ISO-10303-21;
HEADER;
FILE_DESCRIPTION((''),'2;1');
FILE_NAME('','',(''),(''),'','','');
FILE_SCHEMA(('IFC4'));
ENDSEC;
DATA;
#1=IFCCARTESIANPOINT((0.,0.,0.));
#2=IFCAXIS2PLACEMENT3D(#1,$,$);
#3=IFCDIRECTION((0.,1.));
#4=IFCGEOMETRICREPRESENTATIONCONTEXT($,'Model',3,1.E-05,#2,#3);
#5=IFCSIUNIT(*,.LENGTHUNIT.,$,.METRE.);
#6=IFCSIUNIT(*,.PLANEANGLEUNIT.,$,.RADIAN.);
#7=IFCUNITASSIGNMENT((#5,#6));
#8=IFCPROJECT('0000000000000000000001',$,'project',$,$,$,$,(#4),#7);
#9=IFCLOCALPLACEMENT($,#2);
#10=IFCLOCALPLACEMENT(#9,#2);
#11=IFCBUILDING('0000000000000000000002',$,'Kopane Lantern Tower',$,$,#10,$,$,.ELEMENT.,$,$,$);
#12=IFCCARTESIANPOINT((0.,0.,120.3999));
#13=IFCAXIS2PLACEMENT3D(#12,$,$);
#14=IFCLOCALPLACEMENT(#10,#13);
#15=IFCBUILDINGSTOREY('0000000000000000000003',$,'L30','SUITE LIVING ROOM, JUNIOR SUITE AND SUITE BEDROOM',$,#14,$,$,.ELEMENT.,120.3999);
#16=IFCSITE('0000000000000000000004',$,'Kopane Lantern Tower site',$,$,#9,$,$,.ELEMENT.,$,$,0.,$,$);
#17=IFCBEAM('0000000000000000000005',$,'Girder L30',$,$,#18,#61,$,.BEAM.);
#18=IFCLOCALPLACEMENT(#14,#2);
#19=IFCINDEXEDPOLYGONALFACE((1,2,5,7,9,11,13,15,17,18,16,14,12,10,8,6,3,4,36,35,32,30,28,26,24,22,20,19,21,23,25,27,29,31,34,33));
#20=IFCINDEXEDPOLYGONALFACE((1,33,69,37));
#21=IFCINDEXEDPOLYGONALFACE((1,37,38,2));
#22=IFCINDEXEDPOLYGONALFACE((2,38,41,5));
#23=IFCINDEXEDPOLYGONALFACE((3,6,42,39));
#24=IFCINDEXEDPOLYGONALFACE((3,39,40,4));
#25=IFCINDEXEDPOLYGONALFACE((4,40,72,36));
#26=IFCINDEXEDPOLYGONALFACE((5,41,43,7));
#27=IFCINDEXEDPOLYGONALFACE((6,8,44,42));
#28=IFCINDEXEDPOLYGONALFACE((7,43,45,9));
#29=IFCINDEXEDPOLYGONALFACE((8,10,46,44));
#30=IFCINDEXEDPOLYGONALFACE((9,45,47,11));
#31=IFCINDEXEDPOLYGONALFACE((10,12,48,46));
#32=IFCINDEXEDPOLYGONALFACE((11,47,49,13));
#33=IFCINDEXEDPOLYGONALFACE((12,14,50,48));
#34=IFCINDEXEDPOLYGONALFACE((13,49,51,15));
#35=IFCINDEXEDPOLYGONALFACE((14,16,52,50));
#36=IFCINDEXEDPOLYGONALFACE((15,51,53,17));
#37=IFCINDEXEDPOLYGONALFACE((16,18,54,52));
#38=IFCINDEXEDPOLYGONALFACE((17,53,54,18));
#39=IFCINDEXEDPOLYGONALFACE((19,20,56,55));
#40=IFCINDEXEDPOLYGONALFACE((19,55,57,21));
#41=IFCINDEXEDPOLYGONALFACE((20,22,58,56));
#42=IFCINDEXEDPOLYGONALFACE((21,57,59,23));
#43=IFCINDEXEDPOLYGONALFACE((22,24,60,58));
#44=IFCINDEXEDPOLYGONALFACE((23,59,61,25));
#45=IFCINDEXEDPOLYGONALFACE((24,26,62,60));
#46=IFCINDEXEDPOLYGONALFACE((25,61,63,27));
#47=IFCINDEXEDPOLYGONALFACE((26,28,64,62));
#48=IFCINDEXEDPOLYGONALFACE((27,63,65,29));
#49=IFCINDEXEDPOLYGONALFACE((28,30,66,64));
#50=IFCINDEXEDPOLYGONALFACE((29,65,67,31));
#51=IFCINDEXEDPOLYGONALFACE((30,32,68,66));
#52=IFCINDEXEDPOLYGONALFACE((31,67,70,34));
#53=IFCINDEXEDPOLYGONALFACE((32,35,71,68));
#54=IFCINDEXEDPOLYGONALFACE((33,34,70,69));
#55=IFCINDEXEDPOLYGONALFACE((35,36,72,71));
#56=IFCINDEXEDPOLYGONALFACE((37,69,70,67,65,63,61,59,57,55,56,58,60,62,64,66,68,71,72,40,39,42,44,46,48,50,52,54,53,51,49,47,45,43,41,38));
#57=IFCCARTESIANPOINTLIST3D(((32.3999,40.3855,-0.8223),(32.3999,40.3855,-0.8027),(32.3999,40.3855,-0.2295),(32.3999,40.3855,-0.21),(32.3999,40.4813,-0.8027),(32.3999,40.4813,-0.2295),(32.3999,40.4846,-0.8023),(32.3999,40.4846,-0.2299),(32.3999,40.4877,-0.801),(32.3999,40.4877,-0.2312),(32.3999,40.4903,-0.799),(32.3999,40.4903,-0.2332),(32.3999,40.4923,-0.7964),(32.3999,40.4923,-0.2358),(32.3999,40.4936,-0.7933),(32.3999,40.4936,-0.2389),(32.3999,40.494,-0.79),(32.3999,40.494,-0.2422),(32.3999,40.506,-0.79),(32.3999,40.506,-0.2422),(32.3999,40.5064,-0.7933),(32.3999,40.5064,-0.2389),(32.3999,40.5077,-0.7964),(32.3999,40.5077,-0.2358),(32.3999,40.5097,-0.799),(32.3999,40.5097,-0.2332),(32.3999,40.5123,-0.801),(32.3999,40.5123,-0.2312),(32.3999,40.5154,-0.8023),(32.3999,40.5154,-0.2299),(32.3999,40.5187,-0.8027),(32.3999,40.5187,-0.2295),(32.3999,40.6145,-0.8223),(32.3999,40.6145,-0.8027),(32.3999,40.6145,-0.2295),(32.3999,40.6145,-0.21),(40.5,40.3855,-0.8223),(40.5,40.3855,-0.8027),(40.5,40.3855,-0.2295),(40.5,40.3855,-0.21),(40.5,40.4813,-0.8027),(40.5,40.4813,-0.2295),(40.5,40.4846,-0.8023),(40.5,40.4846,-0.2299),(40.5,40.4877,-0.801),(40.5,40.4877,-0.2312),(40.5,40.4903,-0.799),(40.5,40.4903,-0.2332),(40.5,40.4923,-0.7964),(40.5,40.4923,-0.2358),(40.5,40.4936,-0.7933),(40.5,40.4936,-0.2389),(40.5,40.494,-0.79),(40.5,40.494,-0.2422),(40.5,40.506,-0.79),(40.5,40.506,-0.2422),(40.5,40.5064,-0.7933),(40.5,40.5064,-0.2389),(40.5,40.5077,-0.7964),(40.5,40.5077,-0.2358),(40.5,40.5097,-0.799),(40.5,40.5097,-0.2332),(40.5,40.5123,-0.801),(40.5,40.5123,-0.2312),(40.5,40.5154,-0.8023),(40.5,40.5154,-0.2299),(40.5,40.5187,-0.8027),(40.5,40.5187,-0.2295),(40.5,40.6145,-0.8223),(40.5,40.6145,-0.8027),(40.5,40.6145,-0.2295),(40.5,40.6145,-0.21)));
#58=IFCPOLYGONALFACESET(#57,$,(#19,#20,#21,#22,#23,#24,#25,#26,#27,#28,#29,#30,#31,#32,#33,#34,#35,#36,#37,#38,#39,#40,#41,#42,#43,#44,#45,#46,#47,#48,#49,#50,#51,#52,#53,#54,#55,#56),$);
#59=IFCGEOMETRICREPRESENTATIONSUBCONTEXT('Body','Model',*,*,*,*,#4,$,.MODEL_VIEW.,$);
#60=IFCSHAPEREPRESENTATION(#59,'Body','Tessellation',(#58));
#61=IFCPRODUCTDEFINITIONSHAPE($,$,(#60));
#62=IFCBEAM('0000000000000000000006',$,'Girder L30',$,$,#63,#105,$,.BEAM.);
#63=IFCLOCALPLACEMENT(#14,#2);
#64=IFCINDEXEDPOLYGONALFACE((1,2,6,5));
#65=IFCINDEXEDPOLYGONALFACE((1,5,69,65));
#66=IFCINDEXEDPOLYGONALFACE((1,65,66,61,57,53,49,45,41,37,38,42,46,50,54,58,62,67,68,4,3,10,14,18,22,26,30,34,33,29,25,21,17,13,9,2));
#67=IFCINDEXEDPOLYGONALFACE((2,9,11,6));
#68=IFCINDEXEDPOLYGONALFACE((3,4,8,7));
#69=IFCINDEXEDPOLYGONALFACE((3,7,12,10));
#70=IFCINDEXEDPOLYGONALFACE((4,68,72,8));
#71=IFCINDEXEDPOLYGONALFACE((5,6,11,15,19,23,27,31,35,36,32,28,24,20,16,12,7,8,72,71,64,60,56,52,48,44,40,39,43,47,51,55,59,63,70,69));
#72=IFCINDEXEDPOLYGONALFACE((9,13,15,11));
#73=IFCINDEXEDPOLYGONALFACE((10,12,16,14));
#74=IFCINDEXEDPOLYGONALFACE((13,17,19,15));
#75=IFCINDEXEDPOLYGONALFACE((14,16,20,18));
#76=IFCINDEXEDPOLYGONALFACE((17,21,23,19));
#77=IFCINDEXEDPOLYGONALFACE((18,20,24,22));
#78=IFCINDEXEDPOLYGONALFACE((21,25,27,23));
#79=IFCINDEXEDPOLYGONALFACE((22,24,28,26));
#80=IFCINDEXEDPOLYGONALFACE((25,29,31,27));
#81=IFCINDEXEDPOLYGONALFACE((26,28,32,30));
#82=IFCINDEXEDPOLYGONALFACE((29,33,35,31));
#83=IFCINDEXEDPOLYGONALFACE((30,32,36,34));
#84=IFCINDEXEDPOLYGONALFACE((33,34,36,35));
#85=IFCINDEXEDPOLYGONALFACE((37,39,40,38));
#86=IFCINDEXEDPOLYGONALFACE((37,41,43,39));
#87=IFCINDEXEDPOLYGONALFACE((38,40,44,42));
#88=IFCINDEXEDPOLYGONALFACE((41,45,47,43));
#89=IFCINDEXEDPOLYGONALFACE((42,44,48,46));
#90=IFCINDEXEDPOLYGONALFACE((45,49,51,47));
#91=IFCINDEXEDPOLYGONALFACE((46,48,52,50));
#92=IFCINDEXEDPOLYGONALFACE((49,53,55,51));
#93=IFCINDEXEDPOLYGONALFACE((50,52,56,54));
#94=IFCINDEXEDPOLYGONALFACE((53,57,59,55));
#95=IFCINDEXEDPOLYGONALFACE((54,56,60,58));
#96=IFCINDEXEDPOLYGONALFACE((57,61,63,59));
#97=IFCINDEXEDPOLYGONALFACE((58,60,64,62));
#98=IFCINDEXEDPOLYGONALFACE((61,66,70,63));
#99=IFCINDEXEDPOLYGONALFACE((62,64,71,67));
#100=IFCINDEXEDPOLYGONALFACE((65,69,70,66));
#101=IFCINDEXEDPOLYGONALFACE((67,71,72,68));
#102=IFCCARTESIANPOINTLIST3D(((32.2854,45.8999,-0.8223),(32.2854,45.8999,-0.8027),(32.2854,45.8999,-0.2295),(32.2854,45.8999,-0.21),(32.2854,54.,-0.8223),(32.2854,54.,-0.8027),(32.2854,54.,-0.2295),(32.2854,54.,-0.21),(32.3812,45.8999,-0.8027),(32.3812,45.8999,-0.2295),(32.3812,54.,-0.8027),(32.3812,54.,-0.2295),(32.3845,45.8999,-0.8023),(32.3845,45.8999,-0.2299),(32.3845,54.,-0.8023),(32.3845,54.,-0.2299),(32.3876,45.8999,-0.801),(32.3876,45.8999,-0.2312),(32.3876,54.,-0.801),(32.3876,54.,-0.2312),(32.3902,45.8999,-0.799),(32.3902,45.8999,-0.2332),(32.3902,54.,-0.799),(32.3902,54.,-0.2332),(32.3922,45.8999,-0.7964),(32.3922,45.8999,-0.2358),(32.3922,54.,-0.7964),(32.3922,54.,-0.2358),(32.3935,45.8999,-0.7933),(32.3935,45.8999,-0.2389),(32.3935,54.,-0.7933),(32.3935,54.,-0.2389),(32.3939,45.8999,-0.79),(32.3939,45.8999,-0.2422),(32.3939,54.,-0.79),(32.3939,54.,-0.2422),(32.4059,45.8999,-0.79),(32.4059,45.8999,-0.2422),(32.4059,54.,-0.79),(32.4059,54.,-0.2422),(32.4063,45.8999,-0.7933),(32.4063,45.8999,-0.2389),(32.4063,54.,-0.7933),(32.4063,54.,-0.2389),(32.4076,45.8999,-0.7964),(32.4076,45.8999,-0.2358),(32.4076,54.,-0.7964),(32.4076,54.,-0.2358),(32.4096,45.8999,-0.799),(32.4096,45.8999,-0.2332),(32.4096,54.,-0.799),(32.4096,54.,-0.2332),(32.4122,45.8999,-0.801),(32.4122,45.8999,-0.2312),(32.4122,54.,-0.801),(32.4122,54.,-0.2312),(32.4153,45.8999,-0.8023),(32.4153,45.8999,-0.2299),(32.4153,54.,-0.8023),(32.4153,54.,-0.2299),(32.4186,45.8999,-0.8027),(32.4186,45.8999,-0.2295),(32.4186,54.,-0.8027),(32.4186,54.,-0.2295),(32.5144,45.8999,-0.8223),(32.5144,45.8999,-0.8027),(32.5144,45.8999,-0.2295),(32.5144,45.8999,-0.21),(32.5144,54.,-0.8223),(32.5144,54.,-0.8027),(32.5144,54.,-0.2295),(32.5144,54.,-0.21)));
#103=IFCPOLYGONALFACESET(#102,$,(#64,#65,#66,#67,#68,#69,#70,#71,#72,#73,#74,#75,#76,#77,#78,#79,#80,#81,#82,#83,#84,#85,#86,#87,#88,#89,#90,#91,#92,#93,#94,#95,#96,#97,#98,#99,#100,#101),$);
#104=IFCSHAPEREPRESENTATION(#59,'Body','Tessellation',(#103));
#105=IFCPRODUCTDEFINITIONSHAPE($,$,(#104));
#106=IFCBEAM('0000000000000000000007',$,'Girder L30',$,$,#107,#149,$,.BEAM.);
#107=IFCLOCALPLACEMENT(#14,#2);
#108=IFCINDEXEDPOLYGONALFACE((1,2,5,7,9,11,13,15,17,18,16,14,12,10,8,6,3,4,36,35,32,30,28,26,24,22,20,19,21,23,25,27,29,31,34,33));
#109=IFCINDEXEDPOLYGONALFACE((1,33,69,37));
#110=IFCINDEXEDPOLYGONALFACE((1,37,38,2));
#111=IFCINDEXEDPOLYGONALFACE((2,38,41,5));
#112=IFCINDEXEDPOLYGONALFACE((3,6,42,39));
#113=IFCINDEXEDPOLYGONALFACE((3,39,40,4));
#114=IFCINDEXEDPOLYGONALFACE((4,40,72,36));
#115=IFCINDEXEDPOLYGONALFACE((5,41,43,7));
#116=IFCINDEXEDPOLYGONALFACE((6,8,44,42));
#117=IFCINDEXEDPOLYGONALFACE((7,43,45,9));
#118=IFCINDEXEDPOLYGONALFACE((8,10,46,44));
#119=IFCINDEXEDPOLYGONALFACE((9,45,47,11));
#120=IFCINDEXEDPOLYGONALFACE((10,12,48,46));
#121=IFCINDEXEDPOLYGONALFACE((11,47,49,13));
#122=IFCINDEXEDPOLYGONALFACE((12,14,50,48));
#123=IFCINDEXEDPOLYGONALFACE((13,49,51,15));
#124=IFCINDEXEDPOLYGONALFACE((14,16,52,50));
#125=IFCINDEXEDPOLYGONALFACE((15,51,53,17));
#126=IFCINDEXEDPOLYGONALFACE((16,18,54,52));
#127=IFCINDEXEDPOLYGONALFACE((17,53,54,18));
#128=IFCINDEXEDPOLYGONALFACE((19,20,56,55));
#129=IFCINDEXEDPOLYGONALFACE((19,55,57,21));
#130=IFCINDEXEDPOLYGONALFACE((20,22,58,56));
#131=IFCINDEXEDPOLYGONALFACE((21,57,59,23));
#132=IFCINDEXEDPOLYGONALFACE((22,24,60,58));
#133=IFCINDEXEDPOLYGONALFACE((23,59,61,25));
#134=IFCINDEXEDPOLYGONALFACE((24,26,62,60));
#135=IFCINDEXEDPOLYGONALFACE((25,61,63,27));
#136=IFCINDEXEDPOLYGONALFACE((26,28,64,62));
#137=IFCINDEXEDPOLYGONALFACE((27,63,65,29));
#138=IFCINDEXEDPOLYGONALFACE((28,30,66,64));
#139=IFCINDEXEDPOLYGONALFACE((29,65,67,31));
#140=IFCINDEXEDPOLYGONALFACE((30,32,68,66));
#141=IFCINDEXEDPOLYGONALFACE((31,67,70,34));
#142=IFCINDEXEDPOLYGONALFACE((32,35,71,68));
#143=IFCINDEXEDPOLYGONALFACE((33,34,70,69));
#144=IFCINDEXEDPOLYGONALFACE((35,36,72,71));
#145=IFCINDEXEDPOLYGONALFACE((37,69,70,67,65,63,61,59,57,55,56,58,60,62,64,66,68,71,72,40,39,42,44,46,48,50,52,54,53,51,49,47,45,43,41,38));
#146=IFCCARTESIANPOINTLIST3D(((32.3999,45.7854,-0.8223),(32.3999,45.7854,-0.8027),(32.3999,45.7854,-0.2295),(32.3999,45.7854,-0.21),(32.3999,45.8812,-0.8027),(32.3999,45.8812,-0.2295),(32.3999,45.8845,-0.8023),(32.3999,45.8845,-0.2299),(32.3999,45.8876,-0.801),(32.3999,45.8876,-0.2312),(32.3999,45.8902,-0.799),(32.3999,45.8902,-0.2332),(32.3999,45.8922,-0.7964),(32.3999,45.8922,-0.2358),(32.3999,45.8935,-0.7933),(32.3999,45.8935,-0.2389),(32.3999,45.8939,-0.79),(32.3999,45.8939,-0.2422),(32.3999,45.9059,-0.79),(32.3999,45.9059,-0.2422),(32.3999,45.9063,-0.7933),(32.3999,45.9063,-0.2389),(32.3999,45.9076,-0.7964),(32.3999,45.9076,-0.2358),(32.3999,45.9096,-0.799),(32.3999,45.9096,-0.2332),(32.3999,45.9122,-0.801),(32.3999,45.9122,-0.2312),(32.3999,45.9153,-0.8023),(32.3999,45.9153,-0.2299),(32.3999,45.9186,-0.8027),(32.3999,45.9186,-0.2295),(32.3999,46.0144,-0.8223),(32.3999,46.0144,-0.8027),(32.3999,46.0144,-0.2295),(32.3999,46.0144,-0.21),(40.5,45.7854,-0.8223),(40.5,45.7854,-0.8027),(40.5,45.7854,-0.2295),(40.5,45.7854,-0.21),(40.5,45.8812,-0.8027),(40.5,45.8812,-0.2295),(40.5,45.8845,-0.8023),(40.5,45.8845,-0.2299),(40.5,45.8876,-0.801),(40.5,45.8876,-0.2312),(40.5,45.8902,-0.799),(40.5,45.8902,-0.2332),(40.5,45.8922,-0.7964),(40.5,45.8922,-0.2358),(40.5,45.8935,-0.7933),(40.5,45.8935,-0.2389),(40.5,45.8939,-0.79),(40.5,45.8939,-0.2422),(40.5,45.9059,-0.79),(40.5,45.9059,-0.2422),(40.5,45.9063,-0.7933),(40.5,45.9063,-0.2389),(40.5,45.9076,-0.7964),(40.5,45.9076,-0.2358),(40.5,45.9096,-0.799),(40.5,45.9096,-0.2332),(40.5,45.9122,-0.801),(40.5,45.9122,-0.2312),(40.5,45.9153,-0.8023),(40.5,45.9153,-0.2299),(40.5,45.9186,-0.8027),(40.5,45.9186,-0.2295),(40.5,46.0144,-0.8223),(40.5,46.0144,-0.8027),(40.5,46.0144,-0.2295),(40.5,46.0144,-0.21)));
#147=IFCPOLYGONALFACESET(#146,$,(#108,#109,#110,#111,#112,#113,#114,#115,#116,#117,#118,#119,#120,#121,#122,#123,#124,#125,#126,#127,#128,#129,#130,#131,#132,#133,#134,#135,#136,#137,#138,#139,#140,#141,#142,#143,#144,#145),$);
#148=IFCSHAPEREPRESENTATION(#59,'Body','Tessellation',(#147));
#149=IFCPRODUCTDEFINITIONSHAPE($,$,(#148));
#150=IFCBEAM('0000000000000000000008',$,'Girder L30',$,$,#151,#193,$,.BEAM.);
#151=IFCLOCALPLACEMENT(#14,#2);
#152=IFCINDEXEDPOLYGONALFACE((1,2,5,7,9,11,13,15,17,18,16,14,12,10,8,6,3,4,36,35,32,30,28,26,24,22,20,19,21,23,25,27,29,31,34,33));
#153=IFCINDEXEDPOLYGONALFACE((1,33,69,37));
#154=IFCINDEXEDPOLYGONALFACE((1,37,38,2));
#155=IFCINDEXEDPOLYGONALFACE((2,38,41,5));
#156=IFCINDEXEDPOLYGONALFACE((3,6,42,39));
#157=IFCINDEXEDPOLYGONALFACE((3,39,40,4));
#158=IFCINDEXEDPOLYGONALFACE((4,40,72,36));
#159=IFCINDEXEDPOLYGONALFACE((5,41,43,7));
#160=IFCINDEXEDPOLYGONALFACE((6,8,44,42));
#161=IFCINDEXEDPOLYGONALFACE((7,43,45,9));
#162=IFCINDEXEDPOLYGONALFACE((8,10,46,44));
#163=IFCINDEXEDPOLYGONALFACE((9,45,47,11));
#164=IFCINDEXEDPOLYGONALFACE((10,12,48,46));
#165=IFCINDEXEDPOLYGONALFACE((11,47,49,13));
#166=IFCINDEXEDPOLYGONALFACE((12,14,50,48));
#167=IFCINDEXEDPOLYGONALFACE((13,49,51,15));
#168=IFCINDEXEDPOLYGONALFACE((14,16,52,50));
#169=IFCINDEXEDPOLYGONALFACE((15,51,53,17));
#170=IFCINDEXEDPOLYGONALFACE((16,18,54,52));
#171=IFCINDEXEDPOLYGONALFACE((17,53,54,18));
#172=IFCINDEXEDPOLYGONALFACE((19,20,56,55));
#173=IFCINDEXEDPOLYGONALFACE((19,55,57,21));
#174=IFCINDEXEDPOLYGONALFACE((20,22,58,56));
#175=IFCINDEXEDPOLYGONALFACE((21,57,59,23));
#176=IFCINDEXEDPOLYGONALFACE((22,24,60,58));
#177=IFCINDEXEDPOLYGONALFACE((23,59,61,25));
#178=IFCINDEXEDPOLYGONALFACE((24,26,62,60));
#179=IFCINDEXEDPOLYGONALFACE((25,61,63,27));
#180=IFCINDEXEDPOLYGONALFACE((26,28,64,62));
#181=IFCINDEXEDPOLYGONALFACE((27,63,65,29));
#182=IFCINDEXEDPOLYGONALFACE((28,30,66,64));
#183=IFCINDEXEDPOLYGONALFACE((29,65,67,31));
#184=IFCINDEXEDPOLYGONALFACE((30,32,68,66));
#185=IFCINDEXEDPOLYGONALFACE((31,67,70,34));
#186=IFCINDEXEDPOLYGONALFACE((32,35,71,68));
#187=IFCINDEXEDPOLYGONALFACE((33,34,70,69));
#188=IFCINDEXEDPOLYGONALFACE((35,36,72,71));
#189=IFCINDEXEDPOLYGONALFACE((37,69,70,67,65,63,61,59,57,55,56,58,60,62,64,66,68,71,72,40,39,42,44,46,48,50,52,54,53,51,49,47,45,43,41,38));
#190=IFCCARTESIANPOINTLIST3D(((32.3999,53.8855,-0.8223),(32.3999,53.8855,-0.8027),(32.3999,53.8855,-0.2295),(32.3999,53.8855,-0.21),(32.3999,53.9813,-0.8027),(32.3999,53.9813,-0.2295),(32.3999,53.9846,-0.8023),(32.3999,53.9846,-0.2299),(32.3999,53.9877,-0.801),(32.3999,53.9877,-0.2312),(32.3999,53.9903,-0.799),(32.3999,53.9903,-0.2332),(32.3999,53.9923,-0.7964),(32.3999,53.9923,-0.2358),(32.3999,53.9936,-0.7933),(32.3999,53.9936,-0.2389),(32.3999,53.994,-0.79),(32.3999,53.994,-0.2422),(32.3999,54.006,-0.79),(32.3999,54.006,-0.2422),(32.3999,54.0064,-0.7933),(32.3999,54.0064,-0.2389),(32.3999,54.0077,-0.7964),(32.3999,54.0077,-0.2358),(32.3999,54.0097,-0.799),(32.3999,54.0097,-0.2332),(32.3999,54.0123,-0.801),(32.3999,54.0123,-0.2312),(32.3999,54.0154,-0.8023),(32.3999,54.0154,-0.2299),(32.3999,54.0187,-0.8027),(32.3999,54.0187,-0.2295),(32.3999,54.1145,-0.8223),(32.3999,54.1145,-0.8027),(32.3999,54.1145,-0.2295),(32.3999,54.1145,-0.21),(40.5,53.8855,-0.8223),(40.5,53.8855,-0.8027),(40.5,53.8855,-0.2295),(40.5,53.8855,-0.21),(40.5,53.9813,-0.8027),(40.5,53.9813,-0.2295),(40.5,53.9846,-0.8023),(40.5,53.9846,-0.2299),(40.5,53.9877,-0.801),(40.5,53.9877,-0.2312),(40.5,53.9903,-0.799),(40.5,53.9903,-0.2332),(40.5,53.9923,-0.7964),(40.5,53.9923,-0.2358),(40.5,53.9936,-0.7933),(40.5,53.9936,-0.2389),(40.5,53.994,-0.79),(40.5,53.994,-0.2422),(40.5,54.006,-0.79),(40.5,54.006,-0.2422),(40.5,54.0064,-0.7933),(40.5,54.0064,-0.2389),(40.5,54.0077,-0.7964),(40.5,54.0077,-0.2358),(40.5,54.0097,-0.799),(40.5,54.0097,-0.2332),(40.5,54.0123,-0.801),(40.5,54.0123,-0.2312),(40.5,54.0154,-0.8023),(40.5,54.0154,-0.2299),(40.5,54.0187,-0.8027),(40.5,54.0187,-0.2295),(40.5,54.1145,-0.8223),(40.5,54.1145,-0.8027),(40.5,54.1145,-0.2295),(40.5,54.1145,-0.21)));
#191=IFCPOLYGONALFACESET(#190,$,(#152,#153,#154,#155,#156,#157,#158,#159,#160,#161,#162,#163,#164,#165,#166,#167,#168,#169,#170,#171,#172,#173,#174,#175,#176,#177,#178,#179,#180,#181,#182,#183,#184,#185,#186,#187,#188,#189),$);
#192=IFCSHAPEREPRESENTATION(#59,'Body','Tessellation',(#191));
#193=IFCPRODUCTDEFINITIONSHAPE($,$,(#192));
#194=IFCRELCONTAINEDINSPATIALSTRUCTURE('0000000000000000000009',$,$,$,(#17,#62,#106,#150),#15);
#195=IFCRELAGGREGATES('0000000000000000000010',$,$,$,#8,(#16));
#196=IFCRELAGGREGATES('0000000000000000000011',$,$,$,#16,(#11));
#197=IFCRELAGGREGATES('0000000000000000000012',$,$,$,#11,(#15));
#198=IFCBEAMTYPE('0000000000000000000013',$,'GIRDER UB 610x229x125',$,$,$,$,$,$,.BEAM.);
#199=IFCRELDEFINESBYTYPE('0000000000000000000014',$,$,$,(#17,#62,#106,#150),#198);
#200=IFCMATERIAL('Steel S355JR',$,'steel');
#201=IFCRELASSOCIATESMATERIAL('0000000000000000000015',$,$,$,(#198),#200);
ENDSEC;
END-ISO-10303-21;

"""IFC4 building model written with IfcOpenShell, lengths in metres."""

from ifc_helpers import new_model, si_unit, direction, frame, origin, origin_2d, place, context, subcontext, project, spatial, i_section, extrude, material, material_profile, profile_set, type_object, element, save


model = new_model("IFC4")

# Units and contexts
model_context = context("Model", 3, precision=1e-05, world=origin(), true_north=direction((0.0, 1.0)))
body_context = subcontext(model_context, "Body", "Model", "MODEL_VIEW")
ifc_project = project(units=[si_unit("LENGTHUNIT", "METRE"), si_unit("PLANEANGLEUNIT", "RADIAN")], contexts=[model_context])

# Site, building, storey
site_placement = place(None, origin())
site = spatial("IfcSite", under=ifc_project, at=site_placement, Name="Kopane Lantern Tower site", CompositionType="ELEMENT", RefElevation=0.0)
building_placement = place(site_placement, origin())
building = spatial("IfcBuilding", under=site, at=building_placement, Name="Kopane Lantern Tower", CompositionType="ELEMENT")
storey_placement = place(building_placement, frame((0.0, 0.0, 120.3999)))
storey = spatial("IfcBuildingStorey", under=building, at=storey_placement, Name="L30", Description="SUITE LIVING ROOM, JUNIOR SUITE AND SUITE BEDROOM", CompositionType="ELEMENT", Elevation=120.3999)

# Beams
ifc_material_1 = material(Name="Steel S355JR", Category="steel")
ifc_material_profile_1 = material_profile(ifc_material_1, i_section(OverallWidth=0.229, OverallDepth=0.6123, WebThickness=0.012, FlangeThickness=0.0195, FilletRadius=0.0127, at=origin_2d()), Name="UB 610x229x125")
ifc_profile_set_1 = profile_set([ifc_material_profile_1], Name="Steel S355JR")
beam_type = type_object("IfcBeamType", Name="GIRDER UB 610x229x125", PredefinedType="BEAM", material=ifc_profile_set_1)
for number, where, z_axis, x_axis, name in (
    (1, (32.3999, 40.5, -0.5161), (1.0, 0.0, 0.0), (0.0, 1.0, 0.0), "Girder L30"),
    (2, (32.3999, 45.8999, -0.5161), (0.0, 1.0, 0.0), (-1.0, 0.0, 0.0), "Girder L30"),
    (3, (32.3999, 45.8999, -0.5161), (1.0, 0.0, 0.0), (0.0, 1.0, 0.0), "Girder L30"),
    (4, (32.3999, 54.0, -0.5161), (1.0, 0.0, 0.0), (0.0, 1.0, 0.0), "Girder L30"),
):
    element("IfcBeam", number, at=place(storey_placement, frame(where, z_axis=z_axis, x_axis=x_axis)), inside=storey, type_object=beam_type, Name=name, PredefinedType="BEAM", context=body_context, shape_type="SweptSolid", body=[
        extrude(i_section(OverallWidth=0.229, OverallDepth=0.6123, WebThickness=0.012, FlangeThickness=0.0195, FilletRadius=0.0127, at=origin_2d()), origin(), (0.0, 0.0, 1.0), 8.1001),
    ])

save(model, "model.ifc")
